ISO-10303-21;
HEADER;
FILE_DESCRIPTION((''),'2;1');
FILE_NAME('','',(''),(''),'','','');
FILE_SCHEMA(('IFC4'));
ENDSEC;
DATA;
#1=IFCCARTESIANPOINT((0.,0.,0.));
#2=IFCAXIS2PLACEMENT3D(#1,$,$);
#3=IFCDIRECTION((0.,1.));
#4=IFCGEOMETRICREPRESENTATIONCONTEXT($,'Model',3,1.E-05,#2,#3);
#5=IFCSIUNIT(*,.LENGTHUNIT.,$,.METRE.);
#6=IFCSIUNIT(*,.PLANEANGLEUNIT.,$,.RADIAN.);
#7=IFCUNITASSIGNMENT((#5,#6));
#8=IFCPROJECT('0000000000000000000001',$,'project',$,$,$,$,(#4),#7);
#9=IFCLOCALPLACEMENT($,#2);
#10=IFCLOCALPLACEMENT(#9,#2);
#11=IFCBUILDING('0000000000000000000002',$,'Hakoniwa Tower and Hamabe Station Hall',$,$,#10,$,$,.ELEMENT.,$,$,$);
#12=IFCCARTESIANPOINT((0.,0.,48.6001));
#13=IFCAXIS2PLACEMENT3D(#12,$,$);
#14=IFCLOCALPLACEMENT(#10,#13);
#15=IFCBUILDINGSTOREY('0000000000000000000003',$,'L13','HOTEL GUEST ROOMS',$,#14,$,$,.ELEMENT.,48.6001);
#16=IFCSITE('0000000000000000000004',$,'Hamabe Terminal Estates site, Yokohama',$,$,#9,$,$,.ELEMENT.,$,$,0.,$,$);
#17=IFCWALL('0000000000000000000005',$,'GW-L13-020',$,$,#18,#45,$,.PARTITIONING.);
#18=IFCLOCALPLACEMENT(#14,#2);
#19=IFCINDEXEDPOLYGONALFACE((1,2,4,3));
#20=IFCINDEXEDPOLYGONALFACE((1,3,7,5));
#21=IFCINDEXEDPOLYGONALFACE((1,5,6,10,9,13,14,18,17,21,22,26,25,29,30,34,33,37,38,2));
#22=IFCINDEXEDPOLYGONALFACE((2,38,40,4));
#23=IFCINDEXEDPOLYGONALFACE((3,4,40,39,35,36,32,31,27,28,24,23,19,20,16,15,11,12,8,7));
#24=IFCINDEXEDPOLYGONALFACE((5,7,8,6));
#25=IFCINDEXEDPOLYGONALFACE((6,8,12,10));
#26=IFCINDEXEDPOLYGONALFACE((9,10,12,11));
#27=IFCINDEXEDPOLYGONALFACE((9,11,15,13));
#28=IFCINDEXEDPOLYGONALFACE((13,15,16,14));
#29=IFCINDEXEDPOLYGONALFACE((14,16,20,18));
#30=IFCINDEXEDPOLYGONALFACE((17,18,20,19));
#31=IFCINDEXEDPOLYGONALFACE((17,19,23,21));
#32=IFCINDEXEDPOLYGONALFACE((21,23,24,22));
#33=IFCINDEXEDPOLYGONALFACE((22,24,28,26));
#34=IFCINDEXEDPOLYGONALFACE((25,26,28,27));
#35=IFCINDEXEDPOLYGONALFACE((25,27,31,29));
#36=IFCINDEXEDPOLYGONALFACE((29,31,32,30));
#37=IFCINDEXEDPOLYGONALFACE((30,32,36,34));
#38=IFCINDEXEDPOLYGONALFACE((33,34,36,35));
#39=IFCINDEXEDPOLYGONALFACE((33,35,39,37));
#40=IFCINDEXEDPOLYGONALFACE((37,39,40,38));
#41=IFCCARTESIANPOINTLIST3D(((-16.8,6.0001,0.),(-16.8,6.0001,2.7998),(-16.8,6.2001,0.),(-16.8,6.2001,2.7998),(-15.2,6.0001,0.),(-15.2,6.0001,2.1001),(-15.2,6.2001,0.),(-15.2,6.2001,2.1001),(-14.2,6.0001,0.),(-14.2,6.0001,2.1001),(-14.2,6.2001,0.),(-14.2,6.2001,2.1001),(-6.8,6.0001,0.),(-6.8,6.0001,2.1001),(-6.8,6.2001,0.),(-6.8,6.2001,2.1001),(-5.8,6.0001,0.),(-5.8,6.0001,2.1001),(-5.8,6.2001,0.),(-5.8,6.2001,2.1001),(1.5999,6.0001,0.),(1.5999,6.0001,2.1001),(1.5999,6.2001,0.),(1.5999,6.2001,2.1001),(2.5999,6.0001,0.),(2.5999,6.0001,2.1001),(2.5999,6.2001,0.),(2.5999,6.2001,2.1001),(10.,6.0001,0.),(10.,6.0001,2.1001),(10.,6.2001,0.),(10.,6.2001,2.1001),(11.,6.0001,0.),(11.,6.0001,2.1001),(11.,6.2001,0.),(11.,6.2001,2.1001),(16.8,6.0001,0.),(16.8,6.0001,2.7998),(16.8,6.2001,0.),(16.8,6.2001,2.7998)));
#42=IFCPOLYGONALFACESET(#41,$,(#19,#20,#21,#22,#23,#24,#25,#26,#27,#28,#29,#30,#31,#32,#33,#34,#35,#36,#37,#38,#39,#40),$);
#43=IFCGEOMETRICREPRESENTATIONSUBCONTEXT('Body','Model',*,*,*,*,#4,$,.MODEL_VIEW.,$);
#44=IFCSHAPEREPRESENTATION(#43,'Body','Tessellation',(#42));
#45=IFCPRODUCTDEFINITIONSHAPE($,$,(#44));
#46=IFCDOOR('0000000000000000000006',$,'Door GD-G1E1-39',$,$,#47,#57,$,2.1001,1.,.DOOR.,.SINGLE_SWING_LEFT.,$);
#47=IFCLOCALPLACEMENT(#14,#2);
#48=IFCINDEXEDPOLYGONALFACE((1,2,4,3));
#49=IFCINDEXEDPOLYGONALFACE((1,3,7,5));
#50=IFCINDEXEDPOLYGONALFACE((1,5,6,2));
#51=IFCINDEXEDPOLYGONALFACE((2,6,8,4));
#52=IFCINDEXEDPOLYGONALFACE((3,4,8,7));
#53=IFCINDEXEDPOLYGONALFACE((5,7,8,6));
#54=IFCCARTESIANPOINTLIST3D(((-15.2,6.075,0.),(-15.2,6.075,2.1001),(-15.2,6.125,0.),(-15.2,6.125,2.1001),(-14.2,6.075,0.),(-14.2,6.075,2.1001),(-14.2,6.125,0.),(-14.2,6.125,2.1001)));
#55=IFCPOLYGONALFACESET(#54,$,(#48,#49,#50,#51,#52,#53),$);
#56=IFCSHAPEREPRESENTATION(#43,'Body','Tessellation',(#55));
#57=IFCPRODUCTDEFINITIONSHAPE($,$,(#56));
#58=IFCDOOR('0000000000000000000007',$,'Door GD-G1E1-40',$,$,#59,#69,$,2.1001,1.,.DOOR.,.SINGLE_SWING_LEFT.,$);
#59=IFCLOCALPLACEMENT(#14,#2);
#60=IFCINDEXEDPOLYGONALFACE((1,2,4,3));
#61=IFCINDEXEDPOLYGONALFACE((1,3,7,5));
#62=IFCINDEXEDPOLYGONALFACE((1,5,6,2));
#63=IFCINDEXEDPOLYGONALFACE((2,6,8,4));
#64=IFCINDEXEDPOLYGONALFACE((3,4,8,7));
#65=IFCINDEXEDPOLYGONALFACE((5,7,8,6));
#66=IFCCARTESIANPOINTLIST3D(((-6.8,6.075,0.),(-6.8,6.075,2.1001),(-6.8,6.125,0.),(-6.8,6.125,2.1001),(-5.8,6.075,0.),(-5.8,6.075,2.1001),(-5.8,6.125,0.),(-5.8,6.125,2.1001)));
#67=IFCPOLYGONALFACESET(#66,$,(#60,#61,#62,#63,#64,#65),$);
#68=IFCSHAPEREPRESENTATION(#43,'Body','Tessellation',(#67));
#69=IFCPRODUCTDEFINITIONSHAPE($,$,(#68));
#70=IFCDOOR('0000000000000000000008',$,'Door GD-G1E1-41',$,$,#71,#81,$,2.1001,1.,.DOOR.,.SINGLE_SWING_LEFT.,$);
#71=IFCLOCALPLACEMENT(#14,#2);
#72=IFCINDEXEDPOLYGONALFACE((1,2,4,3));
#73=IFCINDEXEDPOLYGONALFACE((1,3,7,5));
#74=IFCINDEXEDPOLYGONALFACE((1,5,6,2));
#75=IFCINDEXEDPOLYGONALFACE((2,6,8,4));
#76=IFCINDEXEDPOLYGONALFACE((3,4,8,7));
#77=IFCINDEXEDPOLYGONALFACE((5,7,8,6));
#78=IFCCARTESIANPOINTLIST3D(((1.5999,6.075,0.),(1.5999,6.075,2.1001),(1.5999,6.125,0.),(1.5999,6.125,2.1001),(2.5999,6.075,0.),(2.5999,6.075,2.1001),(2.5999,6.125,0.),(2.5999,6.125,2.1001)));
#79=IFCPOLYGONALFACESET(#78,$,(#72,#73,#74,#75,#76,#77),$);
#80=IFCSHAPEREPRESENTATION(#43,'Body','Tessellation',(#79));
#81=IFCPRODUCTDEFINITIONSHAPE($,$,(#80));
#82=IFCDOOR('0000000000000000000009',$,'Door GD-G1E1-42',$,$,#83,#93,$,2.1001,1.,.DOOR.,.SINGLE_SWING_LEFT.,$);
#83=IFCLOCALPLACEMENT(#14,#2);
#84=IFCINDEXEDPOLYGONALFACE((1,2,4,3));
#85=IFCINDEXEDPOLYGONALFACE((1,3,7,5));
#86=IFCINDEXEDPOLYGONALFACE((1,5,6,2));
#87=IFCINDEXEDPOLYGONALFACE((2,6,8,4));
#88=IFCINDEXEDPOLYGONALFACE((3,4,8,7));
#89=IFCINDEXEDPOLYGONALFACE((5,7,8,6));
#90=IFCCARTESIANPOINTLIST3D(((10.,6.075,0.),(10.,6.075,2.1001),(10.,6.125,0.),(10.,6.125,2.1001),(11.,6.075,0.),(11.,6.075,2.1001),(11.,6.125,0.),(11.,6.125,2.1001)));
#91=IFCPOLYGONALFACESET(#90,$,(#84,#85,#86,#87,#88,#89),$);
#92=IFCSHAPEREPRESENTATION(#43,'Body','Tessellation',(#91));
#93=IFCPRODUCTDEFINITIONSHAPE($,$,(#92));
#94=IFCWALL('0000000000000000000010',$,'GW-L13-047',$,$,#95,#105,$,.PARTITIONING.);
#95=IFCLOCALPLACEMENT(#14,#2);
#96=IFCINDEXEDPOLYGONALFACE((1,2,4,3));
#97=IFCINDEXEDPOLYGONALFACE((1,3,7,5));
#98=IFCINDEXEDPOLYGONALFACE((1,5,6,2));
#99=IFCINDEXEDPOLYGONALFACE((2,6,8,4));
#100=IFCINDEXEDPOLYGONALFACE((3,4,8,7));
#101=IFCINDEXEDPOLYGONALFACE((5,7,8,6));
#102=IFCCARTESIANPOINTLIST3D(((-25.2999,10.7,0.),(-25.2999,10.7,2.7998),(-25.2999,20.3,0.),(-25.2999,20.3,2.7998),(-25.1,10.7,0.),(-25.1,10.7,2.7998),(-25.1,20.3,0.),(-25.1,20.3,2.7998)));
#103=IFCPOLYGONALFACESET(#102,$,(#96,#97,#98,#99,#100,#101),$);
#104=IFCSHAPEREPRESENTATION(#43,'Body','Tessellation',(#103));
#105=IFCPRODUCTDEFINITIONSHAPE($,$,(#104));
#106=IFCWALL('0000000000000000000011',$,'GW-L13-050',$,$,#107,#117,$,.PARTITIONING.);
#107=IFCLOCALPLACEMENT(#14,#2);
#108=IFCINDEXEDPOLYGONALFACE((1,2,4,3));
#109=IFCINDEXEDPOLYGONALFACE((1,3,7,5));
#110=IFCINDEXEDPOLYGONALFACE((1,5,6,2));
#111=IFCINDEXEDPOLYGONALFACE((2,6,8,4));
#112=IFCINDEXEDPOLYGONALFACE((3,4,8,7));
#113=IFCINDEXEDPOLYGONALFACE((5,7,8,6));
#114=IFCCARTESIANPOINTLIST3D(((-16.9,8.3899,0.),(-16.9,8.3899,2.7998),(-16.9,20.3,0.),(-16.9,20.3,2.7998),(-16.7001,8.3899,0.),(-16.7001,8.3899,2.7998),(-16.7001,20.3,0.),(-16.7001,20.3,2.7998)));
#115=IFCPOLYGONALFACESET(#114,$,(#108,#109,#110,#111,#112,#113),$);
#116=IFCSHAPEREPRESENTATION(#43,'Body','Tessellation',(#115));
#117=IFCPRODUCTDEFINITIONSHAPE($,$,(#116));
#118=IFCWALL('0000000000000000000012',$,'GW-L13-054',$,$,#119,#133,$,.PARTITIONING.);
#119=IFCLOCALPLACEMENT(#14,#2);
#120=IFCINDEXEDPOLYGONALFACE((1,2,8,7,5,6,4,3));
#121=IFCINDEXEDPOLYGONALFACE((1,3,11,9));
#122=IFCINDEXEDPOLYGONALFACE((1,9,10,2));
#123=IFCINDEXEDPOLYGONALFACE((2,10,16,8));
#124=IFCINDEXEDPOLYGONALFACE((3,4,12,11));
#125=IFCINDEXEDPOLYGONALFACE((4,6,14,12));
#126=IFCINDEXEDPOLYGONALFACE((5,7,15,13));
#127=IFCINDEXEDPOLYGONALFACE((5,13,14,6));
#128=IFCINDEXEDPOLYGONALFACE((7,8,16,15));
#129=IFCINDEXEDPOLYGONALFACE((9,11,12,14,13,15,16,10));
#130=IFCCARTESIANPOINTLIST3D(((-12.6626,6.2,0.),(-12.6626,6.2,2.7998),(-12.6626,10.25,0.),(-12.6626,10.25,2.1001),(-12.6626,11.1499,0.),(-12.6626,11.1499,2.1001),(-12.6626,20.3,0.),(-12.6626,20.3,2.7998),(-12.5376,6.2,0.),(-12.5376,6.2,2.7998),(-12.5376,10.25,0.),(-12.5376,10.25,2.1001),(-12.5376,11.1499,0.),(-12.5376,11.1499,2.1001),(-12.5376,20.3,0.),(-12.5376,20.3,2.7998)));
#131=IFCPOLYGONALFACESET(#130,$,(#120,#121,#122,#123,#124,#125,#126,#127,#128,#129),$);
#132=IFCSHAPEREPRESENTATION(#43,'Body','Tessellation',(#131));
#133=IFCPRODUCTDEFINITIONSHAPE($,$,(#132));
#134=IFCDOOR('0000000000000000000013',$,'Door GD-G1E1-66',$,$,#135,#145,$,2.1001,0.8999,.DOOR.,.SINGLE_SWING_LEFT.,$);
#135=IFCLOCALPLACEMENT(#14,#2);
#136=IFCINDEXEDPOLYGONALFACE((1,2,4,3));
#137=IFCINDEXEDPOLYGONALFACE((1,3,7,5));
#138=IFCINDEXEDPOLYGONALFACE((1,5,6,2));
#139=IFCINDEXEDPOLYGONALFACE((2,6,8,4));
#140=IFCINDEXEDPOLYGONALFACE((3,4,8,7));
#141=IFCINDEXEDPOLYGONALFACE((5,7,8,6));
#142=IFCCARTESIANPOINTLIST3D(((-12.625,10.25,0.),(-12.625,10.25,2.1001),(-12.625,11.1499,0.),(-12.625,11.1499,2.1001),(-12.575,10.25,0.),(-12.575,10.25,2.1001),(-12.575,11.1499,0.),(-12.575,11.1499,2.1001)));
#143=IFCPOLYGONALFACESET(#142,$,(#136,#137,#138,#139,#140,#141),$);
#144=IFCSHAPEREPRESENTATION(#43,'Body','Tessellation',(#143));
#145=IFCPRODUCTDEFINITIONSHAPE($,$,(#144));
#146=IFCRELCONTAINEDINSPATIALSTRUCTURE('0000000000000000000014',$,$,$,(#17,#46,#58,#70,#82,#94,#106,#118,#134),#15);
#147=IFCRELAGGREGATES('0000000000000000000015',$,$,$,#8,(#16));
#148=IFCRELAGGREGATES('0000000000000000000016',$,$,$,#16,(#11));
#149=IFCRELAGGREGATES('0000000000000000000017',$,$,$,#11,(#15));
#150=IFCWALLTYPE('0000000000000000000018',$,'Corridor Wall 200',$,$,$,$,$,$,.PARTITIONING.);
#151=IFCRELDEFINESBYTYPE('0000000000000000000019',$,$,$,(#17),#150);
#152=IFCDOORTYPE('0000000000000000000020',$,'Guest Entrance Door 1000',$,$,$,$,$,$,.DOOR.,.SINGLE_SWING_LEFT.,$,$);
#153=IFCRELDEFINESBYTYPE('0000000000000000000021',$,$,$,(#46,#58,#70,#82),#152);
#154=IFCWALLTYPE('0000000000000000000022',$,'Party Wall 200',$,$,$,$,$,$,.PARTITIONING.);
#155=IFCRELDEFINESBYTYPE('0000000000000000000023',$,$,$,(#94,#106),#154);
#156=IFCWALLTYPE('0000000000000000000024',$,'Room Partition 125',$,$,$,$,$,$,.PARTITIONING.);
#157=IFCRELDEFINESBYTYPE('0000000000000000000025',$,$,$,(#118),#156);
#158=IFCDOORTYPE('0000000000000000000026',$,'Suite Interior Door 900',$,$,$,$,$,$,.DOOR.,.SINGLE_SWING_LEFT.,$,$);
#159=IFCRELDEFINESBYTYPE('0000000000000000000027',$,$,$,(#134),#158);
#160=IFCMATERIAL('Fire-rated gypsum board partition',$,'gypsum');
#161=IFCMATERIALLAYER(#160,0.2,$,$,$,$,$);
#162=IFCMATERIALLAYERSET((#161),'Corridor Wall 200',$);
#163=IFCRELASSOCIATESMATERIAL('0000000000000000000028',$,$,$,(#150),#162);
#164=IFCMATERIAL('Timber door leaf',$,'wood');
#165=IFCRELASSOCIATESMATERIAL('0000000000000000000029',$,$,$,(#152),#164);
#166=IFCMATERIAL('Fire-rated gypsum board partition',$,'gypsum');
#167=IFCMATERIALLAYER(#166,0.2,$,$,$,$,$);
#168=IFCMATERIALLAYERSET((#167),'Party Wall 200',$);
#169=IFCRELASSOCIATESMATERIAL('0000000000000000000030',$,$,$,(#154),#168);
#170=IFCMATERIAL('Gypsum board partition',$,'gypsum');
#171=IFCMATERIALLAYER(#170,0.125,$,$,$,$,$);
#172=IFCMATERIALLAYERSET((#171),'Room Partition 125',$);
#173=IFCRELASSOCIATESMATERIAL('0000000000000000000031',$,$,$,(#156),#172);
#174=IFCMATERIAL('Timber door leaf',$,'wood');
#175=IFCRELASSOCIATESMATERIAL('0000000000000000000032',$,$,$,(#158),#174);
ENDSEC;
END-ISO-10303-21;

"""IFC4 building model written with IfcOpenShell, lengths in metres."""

from ifc_helpers import new_model, si_unit, direction, frame, frame_2d, origin, place, context, subcontext, project, spatial, rectangle, extrude, material, layer, layer_set, type_object, element, fill, save


model = new_model("IFC4")

# Units and contexts
model_context = context("Model", 3, precision=1e-05, world=origin(), true_north=direction((0.0, 1.0)))
body_context = subcontext(model_context, "Body", "Model", "MODEL_VIEW")
ifc_project = project(units=[si_unit("LENGTHUNIT", "METRE"), si_unit("PLANEANGLEUNIT", "RADIAN")], contexts=[model_context])

# Site, building, storey
site_placement = place(None, origin())
site = spatial("IfcSite", under=ifc_project, at=site_placement, Name="Hamabe Terminal Estates site, Yokohama", CompositionType="ELEMENT", RefElevation=0.0)
building_placement = place(site_placement, origin())
building = spatial("IfcBuilding", under=site, at=building_placement, Name="Hakoniwa Tower and Hamabe Station Hall", CompositionType="ELEMENT")
storey_placement = place(building_placement, frame((0.0, 0.0, 48.6001)))
storey = spatial("IfcBuildingStorey", under=building, at=storey_placement, Name="L13", Description="HOTEL GUEST ROOMS", CompositionType="ELEMENT", Elevation=48.6001)

# Wall, openings, doors
ifc_material_1 = material(Name="Fire-rated gypsum board partition", Category="gypsum")
ifc_layer_1 = layer(ifc_material_1, 0.2)
ifc_layer_set_1 = layer_set([ifc_layer_1], Name="Corridor Wall 200")
wall_type_1 = type_object("IfcWallType", Name="Corridor Wall 200", PredefinedType="PARTITIONING", material=ifc_layer_set_1)
wall_1_placement = place(storey_placement, frame((-16.8, 6.1001, 0.0), z_axis=(0.0, 0.0, 1.0), x_axis=(1.0, 0.0, 0.0)))
wall_1 = element("IfcWall", 1, at=wall_1_placement, inside=storey, type_object=wall_type_1, Name="GW-L13-020", PredefinedType="PARTITIONING", context=body_context, shape_type="SweptSolid", body=[
    extrude(rectangle(XDim=33.6001, YDim=0.2, at=frame_2d((16.8, 0.0))), origin(), (0.0, 0.0, 1.0), 2.7998),
])
opening_1_placement = place(wall_1_placement, frame((1.6001, 0.0, 0.0)))
opening_1 = element("IfcOpeningElement", 2, at=opening_1_placement, cuts=wall_1, PredefinedType="OPENING", context=body_context, shape_type="SweptSolid", body=[
    extrude(rectangle(XDim=1.0, YDim=2.1001, at=frame_2d((0.5, 1.05))), frame((0.0, 0.1099, 0.0), z_axis=(0.0, -1.0, 0.0), x_axis=(1.0, 0.0, 0.0)), (0.0, 0.0, 1.0), 0.22),
])
opening_2_placement = place(wall_1_placement, frame((10.0, 0.0, 0.0)))
opening_2 = element("IfcOpeningElement", 3, at=opening_2_placement, cuts=wall_1, PredefinedType="OPENING", context=body_context, shape_type="SweptSolid", body=[
    extrude(rectangle(XDim=1.0, YDim=2.1001, at=frame_2d((0.5, 1.05))), frame((0.0, 0.1099, 0.0), z_axis=(0.0, -1.0, 0.0), x_axis=(1.0, 0.0, 0.0)), (0.0, 0.0, 1.0), 0.22),
])
opening_3_placement = place(wall_1_placement, frame((18.3999, 0.0, 0.0)))
opening_3 = element("IfcOpeningElement", 4, at=opening_3_placement, cuts=wall_1, PredefinedType="OPENING", context=body_context, shape_type="SweptSolid", body=[
    extrude(rectangle(XDim=1.0, YDim=2.1001, at=frame_2d((0.5, 1.05))), frame((0.0, 0.1099, 0.0), z_axis=(0.0, -1.0, 0.0), x_axis=(1.0, 0.0, 0.0)), (0.0, 0.0, 1.0), 0.22),
])
opening_4_placement = place(wall_1_placement, frame((26.8, 0.0, 0.0)))
opening_4 = element("IfcOpeningElement", 5, at=opening_4_placement, cuts=wall_1, PredefinedType="OPENING", context=body_context, shape_type="SweptSolid", body=[
    extrude(rectangle(XDim=1.0, YDim=2.1001, at=frame_2d((0.5, 1.05))), frame((0.0, 0.1099, 0.0), z_axis=(0.0, -1.0, 0.0), x_axis=(1.0, 0.0, 0.0)), (0.0, 0.0, 1.0), 0.22),
])
ifc_material_2 = material(Name="Timber door leaf", Category="wood")
door_type_1 = type_object("IfcDoorType", Name="Guest Entrance Door 1000", OperationType="SINGLE_SWING_LEFT", PredefinedType="DOOR", material=ifc_material_2)
door_1_placement = place(opening_1_placement, origin())
door_1 = element("IfcDoor", 6, at=door_1_placement, inside=storey, type_object=door_type_1, Name="Door GD-G1E1-39", OperationType="SINGLE_SWING_LEFT", OverallHeight=2.1001, OverallWidth=1.0, PredefinedType="DOOR", context=body_context, shape_type="SweptSolid", body=[
    extrude(rectangle(XDim=1.0, YDim=2.1001, at=frame_2d((0.5, 1.05))), frame((0.0, 0.0249, 0.0), z_axis=(0.0, -1.0, 0.0), x_axis=(1.0, 0.0, 0.0)), (0.0, 0.0, 1.0), 0.05),
])
fill(opening_1, door_1)
door_2_placement = place(opening_2_placement, origin())
door_2 = element("IfcDoor", 7, at=door_2_placement, inside=storey, type_object=door_type_1, Name="Door GD-G1E1-40", OperationType="SINGLE_SWING_LEFT", OverallHeight=2.1001, OverallWidth=1.0, PredefinedType="DOOR", context=body_context, shape_type="SweptSolid", body=[
    extrude(rectangle(XDim=1.0, YDim=2.1001, at=frame_2d((0.5, 1.05))), frame((0.0, 0.0249, 0.0), z_axis=(0.0, -1.0, 0.0), x_axis=(1.0, 0.0, 0.0)), (0.0, 0.0, 1.0), 0.05),
])
fill(opening_2, door_2)
door_3_placement = place(opening_3_placement, origin())
door_3 = element("IfcDoor", 8, at=door_3_placement, inside=storey, type_object=door_type_1, Name="Door GD-G1E1-41", OperationType="SINGLE_SWING_LEFT", OverallHeight=2.1001, OverallWidth=1.0, PredefinedType="DOOR", context=body_context, shape_type="SweptSolid", body=[
    extrude(rectangle(XDim=1.0, YDim=2.1001, at=frame_2d((0.5, 1.05))), frame((0.0, 0.0249, 0.0), z_axis=(0.0, -1.0, 0.0), x_axis=(1.0, 0.0, 0.0)), (0.0, 0.0, 1.0), 0.05),
])
fill(opening_3, door_3)
door_4_placement = place(opening_4_placement, origin())
door_4 = element("IfcDoor", 9, at=door_4_placement, inside=storey, type_object=door_type_1, Name="Door GD-G1E1-42", OperationType="SINGLE_SWING_LEFT", OverallHeight=2.1001, OverallWidth=1.0, PredefinedType="DOOR", context=body_context, shape_type="SweptSolid", body=[
    extrude(rectangle(XDim=1.0, YDim=2.1001, at=frame_2d((0.5, 1.05))), frame((0.0, 0.0249, 0.0), z_axis=(0.0, -1.0, 0.0), x_axis=(1.0, 0.0, 0.0)), (0.0, 0.0, 1.0), 0.05),
])
fill(opening_4, door_4)

# Walls
ifc_material_3 = material(Name="Fire-rated gypsum board partition", Category="gypsum")
ifc_layer_2 = layer(ifc_material_3, 0.2)
ifc_layer_set_2 = layer_set([ifc_layer_2], Name="Party Wall 200")
wall_type_2 = type_object("IfcWallType", Name="Party Wall 200", PredefinedType="PARTITIONING", material=ifc_layer_set_2)
wall_2_placement = place(storey_placement, frame((-25.2, 10.7, 0.0), z_axis=(0.0, 0.0, 1.0), x_axis=(0.0, 1.0, 0.0)))
element("IfcWall", 10, at=wall_2_placement, inside=storey, type_object=wall_type_2, Name="GW-L13-047", PredefinedType="PARTITIONING", context=body_context, shape_type="SweptSolid", body=[
    extrude(rectangle(XDim=9.6001, YDim=0.2, at=frame_2d((4.8, 0.0))), origin(), (0.0, 0.0, 1.0), 2.7998),
])
wall_3_placement = place(storey_placement, frame((-16.8, 8.3899, 0.0), z_axis=(0.0, 0.0, 1.0), x_axis=(0.0, 1.0, 0.0)))
element("IfcWall", 11, at=wall_3_placement, inside=storey, type_object=wall_type_2, Name="GW-L13-050", PredefinedType="PARTITIONING", context=body_context, shape_type="SweptSolid", body=[
    extrude(rectangle(XDim=11.9102, YDim=0.2, at=frame_2d((5.9551, 0.0))), origin(), (0.0, 0.0, 1.0), 2.7998),
])

# Wall, opening, door
ifc_material_4 = material(Name="Gypsum board partition", Category="gypsum")
ifc_layer_3 = layer(ifc_material_4, 0.125)
ifc_layer_set_3 = layer_set([ifc_layer_3], Name="Room Partition 125")
wall_type_3 = type_object("IfcWallType", Name="Room Partition 125", PredefinedType="PARTITIONING", material=ifc_layer_set_3)
wall_4_placement = place(storey_placement, frame((-12.6001, 6.2, 0.0), z_axis=(0.0, 0.0, 1.0), x_axis=(0.0, 1.0, 0.0)))
wall_4 = element("IfcWall", 12, at=wall_4_placement, inside=storey, type_object=wall_type_3, Name="GW-L13-054", PredefinedType="PARTITIONING", context=body_context, shape_type="SweptSolid", body=[
    extrude(rectangle(XDim=14.1001, YDim=0.125, at=frame_2d((7.05, 0.0))), origin(), (0.0, 0.0, 1.0), 2.7998),
])
opening_5_placement = place(wall_4_placement, frame((4.05, 0.0, 0.0)))
opening_5 = element("IfcOpeningElement", 13, at=opening_5_placement, cuts=wall_4, PredefinedType="OPENING", context=body_context, shape_type="SweptSolid", body=[
    extrude(rectangle(XDim=0.8999, YDim=2.1001, at=frame_2d((0.45, 1.05))), frame((0.0, 0.0725, 0.0), z_axis=(0.0, -1.0, 0.0), x_axis=(1.0, 0.0, 0.0)), (0.0, 0.0, 1.0), 0.145),
])
ifc_material_5 = material(Name="Timber door leaf", Category="wood")
door_type_2 = type_object("IfcDoorType", Name="Suite Interior Door 900", OperationType="SINGLE_SWING_LEFT", PredefinedType="DOOR", material=ifc_material_5)
door_5_placement = place(opening_5_placement, origin())
door_5 = element("IfcDoor", 14, at=door_5_placement, inside=storey, type_object=door_type_2, Name="Door GD-G1E1-66", OperationType="SINGLE_SWING_LEFT", OverallHeight=2.1001, OverallWidth=0.8999, PredefinedType="DOOR", context=body_context, shape_type="SweptSolid", body=[
    extrude(rectangle(XDim=0.8999, YDim=2.1001, at=frame_2d((0.45, 1.05))), frame((0.0, 0.0249, 0.0), z_axis=(0.0, -1.0, 0.0), x_axis=(1.0, 0.0, 0.0)), (0.0, 0.0, 1.0), 0.05),
])
fill(opening_5, door_5)

save(model, "model.ifc")
